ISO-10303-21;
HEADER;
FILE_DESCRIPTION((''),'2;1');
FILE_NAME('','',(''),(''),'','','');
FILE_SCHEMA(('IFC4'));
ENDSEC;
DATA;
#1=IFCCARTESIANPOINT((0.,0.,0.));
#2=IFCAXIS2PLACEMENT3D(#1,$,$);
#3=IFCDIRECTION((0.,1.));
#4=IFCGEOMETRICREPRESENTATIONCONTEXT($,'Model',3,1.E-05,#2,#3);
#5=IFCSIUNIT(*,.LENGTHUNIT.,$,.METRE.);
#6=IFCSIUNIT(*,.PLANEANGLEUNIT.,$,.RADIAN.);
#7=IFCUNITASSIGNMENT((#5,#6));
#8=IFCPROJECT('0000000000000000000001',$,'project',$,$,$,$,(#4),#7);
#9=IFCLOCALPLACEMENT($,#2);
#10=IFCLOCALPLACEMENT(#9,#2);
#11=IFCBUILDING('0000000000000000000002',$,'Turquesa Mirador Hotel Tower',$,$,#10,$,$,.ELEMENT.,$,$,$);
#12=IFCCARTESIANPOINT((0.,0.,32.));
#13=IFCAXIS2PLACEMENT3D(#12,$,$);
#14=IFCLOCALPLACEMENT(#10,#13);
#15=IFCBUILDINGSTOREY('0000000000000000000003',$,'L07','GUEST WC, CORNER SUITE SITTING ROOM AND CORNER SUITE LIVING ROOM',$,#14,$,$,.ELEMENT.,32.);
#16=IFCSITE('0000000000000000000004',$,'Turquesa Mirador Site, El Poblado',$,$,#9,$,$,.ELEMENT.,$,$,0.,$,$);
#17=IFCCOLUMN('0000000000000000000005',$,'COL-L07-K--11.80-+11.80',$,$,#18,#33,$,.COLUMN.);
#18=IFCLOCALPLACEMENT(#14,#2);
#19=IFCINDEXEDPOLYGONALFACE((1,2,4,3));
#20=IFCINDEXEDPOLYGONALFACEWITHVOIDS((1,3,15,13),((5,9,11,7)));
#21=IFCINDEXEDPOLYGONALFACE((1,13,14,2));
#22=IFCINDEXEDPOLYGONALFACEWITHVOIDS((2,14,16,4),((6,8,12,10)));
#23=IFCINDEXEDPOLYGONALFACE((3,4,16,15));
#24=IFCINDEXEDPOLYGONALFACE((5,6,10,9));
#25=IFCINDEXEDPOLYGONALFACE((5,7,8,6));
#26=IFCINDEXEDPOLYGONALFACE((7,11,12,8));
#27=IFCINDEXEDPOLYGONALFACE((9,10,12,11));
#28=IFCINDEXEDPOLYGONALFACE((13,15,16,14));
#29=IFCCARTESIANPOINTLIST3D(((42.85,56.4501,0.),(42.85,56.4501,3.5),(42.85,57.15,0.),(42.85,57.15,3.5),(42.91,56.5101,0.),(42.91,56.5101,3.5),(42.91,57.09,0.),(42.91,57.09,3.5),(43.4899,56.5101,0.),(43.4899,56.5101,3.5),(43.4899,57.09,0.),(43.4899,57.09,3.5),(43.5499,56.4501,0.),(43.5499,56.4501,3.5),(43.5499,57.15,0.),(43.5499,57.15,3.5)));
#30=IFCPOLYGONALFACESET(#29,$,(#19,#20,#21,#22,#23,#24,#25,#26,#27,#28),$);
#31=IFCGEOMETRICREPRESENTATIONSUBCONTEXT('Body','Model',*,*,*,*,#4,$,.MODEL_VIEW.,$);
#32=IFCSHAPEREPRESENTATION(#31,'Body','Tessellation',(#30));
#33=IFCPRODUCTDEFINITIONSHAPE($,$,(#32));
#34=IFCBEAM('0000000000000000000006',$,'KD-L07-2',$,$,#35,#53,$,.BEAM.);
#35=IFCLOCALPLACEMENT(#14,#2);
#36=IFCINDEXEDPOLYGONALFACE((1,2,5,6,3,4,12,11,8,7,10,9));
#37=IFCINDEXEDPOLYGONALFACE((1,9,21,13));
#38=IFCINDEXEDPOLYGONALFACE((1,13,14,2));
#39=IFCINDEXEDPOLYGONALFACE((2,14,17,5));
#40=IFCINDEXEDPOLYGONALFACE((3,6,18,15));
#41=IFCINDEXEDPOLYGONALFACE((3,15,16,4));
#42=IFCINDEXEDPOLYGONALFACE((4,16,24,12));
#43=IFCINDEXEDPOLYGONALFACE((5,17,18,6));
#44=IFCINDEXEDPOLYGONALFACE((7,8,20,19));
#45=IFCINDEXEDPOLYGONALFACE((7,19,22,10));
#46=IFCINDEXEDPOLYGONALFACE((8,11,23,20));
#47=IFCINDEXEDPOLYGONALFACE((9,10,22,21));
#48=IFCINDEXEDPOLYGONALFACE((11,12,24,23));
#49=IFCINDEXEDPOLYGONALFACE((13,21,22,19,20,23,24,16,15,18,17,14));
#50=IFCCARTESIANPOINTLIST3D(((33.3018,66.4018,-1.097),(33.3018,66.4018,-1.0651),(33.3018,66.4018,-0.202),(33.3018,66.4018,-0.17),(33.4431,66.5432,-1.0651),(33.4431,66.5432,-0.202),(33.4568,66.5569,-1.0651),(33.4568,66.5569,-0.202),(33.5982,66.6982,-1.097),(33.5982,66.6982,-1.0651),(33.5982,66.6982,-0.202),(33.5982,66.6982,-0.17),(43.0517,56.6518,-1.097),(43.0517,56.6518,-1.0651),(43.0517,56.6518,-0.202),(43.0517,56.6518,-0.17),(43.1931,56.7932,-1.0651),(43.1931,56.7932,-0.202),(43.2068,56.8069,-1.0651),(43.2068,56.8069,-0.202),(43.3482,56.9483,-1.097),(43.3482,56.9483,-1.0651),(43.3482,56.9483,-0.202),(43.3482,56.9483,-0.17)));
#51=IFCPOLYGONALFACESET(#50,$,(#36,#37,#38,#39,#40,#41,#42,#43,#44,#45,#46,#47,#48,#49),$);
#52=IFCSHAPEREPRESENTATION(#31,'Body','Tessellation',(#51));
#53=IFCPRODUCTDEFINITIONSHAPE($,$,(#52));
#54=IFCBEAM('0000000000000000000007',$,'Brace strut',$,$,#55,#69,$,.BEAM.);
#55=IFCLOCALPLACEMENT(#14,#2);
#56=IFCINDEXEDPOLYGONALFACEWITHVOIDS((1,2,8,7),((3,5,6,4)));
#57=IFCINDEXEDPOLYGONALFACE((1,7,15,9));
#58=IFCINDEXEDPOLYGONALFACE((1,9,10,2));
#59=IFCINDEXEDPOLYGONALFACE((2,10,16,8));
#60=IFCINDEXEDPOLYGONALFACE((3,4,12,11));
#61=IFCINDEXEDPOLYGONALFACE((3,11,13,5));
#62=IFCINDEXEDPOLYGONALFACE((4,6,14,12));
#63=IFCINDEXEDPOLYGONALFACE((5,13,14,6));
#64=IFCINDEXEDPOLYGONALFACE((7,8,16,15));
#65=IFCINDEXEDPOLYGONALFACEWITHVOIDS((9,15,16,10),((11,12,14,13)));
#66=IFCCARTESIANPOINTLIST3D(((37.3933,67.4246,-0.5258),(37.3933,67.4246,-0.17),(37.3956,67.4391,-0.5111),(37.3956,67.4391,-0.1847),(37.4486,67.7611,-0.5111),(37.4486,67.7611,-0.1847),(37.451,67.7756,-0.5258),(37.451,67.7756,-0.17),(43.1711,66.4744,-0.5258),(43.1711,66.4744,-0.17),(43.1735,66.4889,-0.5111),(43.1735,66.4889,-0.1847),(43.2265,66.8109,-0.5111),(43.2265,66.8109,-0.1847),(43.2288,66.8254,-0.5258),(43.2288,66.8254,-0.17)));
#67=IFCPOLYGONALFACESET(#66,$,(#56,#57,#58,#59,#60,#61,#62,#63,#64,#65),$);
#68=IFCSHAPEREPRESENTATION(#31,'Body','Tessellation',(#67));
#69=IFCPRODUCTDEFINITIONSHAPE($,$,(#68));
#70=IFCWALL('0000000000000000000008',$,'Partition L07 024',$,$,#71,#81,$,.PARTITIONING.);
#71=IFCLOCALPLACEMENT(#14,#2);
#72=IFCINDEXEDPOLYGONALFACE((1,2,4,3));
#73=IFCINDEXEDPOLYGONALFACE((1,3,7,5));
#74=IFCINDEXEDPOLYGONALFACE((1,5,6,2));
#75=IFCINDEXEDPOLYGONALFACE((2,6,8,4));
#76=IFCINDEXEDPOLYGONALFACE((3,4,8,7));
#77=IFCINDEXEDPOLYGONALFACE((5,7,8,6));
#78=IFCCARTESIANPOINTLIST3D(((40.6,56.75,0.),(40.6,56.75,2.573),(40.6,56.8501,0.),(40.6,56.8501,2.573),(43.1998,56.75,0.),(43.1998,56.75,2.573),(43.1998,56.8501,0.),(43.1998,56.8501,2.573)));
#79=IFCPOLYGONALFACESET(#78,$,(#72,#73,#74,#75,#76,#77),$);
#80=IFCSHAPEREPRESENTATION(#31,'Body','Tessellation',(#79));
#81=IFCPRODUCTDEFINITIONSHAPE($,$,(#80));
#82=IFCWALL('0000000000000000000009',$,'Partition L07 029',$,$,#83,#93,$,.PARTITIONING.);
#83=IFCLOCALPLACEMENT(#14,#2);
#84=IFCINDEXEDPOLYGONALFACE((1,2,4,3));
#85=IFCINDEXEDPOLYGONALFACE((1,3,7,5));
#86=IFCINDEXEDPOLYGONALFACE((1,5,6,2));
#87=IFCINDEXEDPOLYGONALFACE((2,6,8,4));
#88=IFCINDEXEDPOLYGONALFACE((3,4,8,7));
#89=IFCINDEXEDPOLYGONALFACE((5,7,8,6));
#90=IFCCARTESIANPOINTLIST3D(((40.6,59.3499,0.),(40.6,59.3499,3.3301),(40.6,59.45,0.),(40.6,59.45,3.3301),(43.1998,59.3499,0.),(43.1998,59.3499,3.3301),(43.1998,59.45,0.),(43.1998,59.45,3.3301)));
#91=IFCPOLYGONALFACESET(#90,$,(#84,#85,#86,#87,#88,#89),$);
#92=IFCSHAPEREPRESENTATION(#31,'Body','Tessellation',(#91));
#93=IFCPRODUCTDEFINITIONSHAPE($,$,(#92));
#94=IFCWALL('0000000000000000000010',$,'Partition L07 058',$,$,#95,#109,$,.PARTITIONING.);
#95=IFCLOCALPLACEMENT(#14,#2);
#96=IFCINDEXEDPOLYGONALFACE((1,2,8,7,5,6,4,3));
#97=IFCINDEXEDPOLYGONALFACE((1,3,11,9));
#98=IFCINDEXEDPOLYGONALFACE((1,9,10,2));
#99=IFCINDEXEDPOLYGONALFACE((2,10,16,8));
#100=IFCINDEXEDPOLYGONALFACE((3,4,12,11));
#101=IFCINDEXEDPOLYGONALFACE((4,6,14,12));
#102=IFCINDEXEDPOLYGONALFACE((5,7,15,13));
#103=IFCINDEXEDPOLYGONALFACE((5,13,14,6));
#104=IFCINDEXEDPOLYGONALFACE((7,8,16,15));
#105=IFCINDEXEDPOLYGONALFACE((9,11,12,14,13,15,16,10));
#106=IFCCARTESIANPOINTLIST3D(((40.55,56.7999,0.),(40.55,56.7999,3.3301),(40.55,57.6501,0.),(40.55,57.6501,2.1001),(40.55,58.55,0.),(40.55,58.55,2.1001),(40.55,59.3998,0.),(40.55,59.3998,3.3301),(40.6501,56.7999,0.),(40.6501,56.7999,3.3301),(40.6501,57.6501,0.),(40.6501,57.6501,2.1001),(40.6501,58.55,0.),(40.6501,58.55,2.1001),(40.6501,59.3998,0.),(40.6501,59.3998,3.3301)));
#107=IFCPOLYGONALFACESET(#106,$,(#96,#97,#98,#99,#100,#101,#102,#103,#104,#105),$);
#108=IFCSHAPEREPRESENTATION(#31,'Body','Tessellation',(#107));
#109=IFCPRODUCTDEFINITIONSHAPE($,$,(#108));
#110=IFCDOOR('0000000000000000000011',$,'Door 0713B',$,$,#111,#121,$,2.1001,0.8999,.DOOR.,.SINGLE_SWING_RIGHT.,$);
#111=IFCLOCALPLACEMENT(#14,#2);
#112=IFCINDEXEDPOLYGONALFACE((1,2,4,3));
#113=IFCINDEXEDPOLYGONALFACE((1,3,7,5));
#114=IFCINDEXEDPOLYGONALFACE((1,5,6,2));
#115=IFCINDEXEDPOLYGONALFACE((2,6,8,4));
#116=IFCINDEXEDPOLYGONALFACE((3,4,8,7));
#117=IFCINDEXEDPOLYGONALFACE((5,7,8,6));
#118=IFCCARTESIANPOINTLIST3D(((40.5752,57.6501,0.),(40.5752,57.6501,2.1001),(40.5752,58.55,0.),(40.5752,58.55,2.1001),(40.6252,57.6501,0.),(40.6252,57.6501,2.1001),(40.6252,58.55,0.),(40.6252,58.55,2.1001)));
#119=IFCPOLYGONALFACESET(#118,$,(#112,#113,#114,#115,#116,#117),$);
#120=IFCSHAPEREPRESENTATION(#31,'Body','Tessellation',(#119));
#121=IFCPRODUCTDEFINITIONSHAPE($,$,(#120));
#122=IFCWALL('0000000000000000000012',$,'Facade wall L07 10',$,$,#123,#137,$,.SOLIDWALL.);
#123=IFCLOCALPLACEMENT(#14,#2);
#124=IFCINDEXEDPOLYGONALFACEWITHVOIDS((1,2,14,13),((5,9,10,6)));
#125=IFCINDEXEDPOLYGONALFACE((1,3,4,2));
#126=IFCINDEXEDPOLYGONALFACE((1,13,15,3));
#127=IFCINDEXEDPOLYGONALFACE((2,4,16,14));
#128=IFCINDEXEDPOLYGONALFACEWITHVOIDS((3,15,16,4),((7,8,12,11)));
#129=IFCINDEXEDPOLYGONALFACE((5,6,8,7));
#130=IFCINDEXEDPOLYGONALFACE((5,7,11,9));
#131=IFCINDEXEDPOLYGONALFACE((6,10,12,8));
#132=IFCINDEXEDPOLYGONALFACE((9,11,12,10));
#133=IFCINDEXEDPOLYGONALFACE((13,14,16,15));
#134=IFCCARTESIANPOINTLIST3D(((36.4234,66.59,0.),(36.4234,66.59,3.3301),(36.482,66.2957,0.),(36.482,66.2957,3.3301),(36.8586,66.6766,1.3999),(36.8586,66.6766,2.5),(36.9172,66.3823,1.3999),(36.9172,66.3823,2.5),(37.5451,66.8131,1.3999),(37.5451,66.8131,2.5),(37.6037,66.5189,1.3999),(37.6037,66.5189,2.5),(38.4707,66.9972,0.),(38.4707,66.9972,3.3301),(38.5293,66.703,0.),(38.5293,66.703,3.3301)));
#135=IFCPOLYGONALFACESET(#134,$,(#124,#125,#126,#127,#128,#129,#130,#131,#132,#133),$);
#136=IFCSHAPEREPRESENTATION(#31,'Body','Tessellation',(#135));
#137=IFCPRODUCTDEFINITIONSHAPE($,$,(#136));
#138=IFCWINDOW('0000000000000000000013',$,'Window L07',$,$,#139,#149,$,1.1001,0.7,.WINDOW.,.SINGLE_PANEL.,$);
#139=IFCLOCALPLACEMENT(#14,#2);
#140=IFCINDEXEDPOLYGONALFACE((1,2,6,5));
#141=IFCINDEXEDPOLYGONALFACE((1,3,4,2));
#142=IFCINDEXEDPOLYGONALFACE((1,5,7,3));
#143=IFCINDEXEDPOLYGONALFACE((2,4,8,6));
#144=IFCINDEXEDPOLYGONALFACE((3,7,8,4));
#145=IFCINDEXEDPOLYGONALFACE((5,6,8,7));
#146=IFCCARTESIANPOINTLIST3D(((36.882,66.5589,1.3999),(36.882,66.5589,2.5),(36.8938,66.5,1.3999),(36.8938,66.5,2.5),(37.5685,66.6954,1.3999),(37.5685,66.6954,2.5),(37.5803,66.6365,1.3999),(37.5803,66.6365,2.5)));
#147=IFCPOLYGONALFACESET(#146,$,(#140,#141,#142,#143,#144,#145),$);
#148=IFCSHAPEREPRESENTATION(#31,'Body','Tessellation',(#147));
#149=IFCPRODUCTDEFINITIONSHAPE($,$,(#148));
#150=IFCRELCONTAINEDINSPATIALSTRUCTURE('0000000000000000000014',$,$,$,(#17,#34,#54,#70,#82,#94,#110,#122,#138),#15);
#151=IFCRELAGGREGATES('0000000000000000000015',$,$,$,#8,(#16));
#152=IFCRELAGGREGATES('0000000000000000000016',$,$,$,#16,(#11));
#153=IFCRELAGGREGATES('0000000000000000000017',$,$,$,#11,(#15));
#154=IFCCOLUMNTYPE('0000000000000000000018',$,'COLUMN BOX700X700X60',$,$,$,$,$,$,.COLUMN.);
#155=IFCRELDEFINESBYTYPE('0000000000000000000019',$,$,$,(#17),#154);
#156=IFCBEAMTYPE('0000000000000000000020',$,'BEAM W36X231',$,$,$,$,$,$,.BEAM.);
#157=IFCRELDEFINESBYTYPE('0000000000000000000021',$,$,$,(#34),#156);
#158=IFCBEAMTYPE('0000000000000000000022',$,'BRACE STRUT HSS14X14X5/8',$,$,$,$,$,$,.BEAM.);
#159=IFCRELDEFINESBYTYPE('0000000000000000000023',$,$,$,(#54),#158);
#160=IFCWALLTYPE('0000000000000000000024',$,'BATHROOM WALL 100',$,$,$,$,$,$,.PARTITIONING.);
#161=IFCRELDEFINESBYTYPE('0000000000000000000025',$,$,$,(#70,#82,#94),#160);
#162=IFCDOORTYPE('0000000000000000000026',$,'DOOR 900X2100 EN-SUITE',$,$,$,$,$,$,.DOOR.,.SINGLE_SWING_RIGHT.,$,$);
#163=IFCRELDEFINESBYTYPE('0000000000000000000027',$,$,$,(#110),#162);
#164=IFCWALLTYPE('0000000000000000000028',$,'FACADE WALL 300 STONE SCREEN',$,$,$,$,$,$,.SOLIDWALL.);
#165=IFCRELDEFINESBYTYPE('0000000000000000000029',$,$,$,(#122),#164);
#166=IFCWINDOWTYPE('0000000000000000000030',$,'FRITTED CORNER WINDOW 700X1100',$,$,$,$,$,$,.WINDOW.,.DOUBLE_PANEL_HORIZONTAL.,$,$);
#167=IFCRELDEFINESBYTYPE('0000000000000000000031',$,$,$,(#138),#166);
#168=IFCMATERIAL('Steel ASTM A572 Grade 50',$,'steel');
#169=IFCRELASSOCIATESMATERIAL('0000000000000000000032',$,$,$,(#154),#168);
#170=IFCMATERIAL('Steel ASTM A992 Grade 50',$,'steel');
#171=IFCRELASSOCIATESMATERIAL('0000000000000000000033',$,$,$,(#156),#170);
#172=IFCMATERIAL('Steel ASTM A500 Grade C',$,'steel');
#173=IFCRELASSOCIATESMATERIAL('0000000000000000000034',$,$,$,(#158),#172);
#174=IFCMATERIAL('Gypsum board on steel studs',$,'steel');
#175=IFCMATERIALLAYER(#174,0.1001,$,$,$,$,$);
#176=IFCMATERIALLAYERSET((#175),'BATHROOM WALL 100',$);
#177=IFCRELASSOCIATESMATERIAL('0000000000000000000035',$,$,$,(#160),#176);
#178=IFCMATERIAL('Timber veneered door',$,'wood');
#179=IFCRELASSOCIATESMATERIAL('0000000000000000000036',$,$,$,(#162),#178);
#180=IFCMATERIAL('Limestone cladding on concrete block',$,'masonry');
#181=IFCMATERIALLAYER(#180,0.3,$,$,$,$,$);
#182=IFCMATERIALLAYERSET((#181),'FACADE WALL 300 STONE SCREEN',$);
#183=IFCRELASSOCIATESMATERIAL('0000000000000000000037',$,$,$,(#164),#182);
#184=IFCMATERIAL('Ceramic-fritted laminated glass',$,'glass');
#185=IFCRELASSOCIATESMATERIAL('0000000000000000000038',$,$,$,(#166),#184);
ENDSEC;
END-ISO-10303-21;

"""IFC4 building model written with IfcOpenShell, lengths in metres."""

from ifc_helpers import new_model, si_unit, direction, frame, frame_2d, origin, origin_2d, place, context, subcontext, project, spatial, rectangle, hollow_rectangle, i_section, extrude, material, layer, layer_set, material_profile, profile_set, type_object, element, fill, save


model = new_model("IFC4")

# Units and contexts
model_context = context("Model", 3, precision=1e-05, world=origin(), true_north=direction((0.0, 1.0)))
body_context = subcontext(model_context, "Body", "Model", "MODEL_VIEW")
ifc_project = project(units=[si_unit("LENGTHUNIT", "METRE"), si_unit("PLANEANGLEUNIT", "RADIAN")], contexts=[model_context])

# Site, building, storey
site_placement = place(None, origin())
site = spatial("IfcSite", under=ifc_project, at=site_placement, Name="Turquesa Mirador Site, El Poblado", CompositionType="ELEMENT", RefElevation=0.0)
building_placement = place(site_placement, origin())
building = spatial("IfcBuilding", under=site, at=building_placement, Name="Turquesa Mirador Hotel Tower", CompositionType="ELEMENT")
storey_placement = place(building_placement, frame((0.0, 0.0, 32.0)))
storey = spatial("IfcBuildingStorey", under=building, at=storey_placement, Name="L07", Description="GUEST WC, CORNER SUITE SITTING ROOM AND CORNER SUITE LIVING ROOM", CompositionType="ELEMENT", Elevation=32.0)

# Column
ifc_material_1 = material(Name="Steel ASTM A572 Grade 50", Category="steel")
ifc_material_profile_1 = material_profile(ifc_material_1, hollow_rectangle(XDim=0.7, YDim=0.7, WallThickness=0.0601, at=origin_2d()), Name="BOX700X700X60")
ifc_profile_set_1 = profile_set([ifc_material_profile_1], Name="Steel ASTM A572 Grade 50")
column_type = type_object("IfcColumnType", Name="COLUMN BOX700X700X60", PredefinedType="COLUMN", material=ifc_profile_set_1)
column_placement = place(storey_placement, frame((43.2, 56.8, 0.0), z_axis=(0.0, 0.0, 1.0), x_axis=(1.0, 0.0, 0.0)))
element("IfcColumn", 1, at=column_placement, inside=storey, type_object=column_type, Name="COL-L07-K--11.80-+11.80", PredefinedType="COLUMN", context=body_context, shape_type="SweptSolid", body=[
    extrude(hollow_rectangle(XDim=0.7, YDim=0.7, WallThickness=0.0601, at=origin_2d()), origin(), (0.0, 0.0, 1.0), 3.5),
])

# Beams
ifc_material_2 = material(Name="Steel ASTM A992 Grade 50", Category="steel")
ifc_material_profile_2 = material_profile(ifc_material_2, i_section(OverallWidth=0.4192, OverallDepth=0.927, WebThickness=0.0193, FlangeThickness=0.032, at=origin_2d()), Name="W36X231")
ifc_profile_set_2 = profile_set([ifc_material_profile_2], Name="Steel ASTM A992 Grade 50")
beam_type_1 = type_object("IfcBeamType", Name="BEAM W36X231", PredefinedType="BEAM", material=ifc_profile_set_2)
beam_1_placement = place(storey_placement, frame((43.2, 56.8, -0.6335), z_axis=(-0.707107, 0.707107, 0.0), x_axis=(-0.707107, -0.707107, 0.0)))
element("IfcBeam", 2, at=beam_1_placement, inside=storey, type_object=beam_type_1, Name="KD-L07-2", PredefinedType="BEAM", context=body_context, shape_type="SweptSolid", body=[
    extrude(i_section(OverallWidth=0.4192, OverallDepth=0.927, WebThickness=0.0193, FlangeThickness=0.032, at=origin_2d()), origin(), (0.0, 0.0, 1.0), 13.7886),
])
ifc_material_3 = material(Name="Steel ASTM A500 Grade C", Category="steel")
ifc_material_profile_3 = material_profile(ifc_material_3, hollow_rectangle(XDim=0.3557, YDim=0.3557, WallThickness=0.0146, at=origin_2d()), Name="HSS14X14X5/8")
ifc_profile_set_3 = profile_set([ifc_material_profile_3], Name="Steel ASTM A500 Grade C")
beam_type_2 = type_object("IfcBeamType", Name="BRACE STRUT HSS14X14X5/8", PredefinedType="BEAM", material=ifc_profile_set_3)
beam_2_placement = place(storey_placement, frame((37.4221, 67.6001, -0.3479), z_axis=(0.986745, -0.162276, 0.0), x_axis=(0.162276, 0.986745, 0.0)))
element("IfcBeam", 3, at=beam_2_placement, inside=storey, type_object=beam_type_2, Name="Brace strut", PredefinedType="BEAM", context=body_context, shape_type="SweptSolid", body=[
    extrude(hollow_rectangle(XDim=0.3557, YDim=0.3557, WallThickness=0.0146, at=origin_2d()), origin(), (0.0, 0.0, 1.0), 5.8555),
])

# Walls
ifc_material_4 = material(Name="Gypsum board on steel studs", Category="steel")
ifc_layer_1 = layer(ifc_material_4, 0.1001)
ifc_layer_set_1 = layer_set([ifc_layer_1], Name="BATHROOM WALL 100")
wall_type_1 = type_object("IfcWallType", Name="BATHROOM WALL 100", PredefinedType="PARTITIONING", material=ifc_layer_set_1)
wall_1_placement = place(storey_placement, frame((40.6001, 56.8, 0.0), z_axis=(0.0, 0.0, 1.0), x_axis=(1.0, 0.0, 0.0)))
element("IfcWall", 4, at=wall_1_placement, inside=storey, type_object=wall_type_1, Name="Partition L07 024", PredefinedType="PARTITIONING", context=body_context, shape_type="SweptSolid", body=[
    extrude(rectangle(XDim=2.5999, YDim=0.1001, at=frame_2d((1.2998, 0.0))), origin(), (0.0, 0.0, 1.0), 2.573),
])
wall_2_placement = place(storey_placement, frame((40.6001, 59.3999, 0.0), z_axis=(0.0, 0.0, 1.0), x_axis=(1.0, 0.0, 0.0)))
element("IfcWall", 5, at=wall_2_placement, inside=storey, type_object=wall_type_1, Name="Partition L07 029", PredefinedType="PARTITIONING", context=body_context, shape_type="SweptSolid", body=[
    extrude(rectangle(XDim=2.5999, YDim=0.1001, at=frame_2d((1.2998, 0.0))), origin(), (0.0, 0.0, 1.0), 3.3301),
])

# Wall, opening, door
wall_3_placement = place(storey_placement, frame((40.6001, 56.8, 0.0), z_axis=(0.0, 0.0, 1.0), x_axis=(0.0, 1.0, 0.0)))
wall_3 = element("IfcWall", 6, at=wall_3_placement, inside=storey, type_object=wall_type_1, Name="Partition L07 058", PredefinedType="PARTITIONING", context=body_context, shape_type="SweptSolid", body=[
    extrude(rectangle(XDim=2.5999, YDim=0.1001, at=frame_2d((1.2998, 0.0))), origin(), (0.0, 0.0, 1.0), 3.3301),
])
opening_1_placement = place(wall_3_placement, frame((0.8501, 0.0, 0.0)))
opening_1 = element("IfcOpeningElement", 7, at=opening_1_placement, cuts=wall_3, PredefinedType="OPENING", context=body_context, shape_type="SweptSolid", body=[
    extrude(rectangle(XDim=0.8999, YDim=2.1001, at=frame_2d((0.45, 1.05))), frame((0.0, 0.0601, 0.0), z_axis=(0.0, -1.0, 0.0), x_axis=(1.0, 0.0, 0.0)), (0.0, 0.0, 1.0), 0.1201),
])
ifc_material_5 = material(Name="Timber veneered door", Category="wood")
door_type = type_object("IfcDoorType", Name="DOOR 900X2100 EN-SUITE", OperationType="SINGLE_SWING_RIGHT", PredefinedType="DOOR", material=ifc_material_5)
door_placement = place(opening_1_placement, origin())
door = element("IfcDoor", 8, at=door_placement, inside=storey, type_object=door_type, Name="Door 0713B", OperationType="SINGLE_SWING_RIGHT", OverallHeight=2.1001, OverallWidth=0.8999, PredefinedType="DOOR", context=body_context, shape_type="SweptSolid", body=[
    extrude(rectangle(XDim=0.8999, YDim=2.1001, at=frame_2d((0.45, 1.05))), frame((0.0, 0.0249, 0.0), z_axis=(0.0, -1.0, 0.0), x_axis=(1.0, 0.0, 0.0)), (0.0, 0.0, 1.0), 0.05),
])
fill(opening_1, door)

# Wall, opening, window
ifc_material_6 = material(Name="Limestone cladding on concrete block", Category="masonry")
ifc_layer_2 = layer(ifc_material_6, 0.3)
ifc_layer_set_2 = layer_set([ifc_layer_2], Name="FACADE WALL 300 STONE SCREEN")
wall_type_2 = type_object("IfcWallType", Name="FACADE WALL 300 STONE SCREEN", PredefinedType="SOLIDWALL", material=ifc_layer_set_2)
wall_4_placement = place(storey_placement, frame((38.5, 66.8501, 0.0), z_axis=(0.0, 0.0, 1.0), x_axis=(-0.980787, -0.195081, 0.0)))
wall_4 = element("IfcWall", 9, at=wall_4_placement, inside=storey, type_object=wall_type_2, Name="Facade wall L07 10", PredefinedType="SOLIDWALL", context=body_context, shape_type="SweptSolid", body=[
    extrude(rectangle(XDim=2.0874, YDim=0.3, at=frame_2d((1.0437, 0.0))), origin(), (0.0, 0.0, 1.0), 3.3301),
])
opening_2_placement = place(wall_4_placement, frame((0.9436, 0.0, 1.3999)))
opening_2 = element("IfcOpeningElement", 10, at=opening_2_placement, cuts=wall_4, PredefinedType="OPENING", context=body_context, shape_type="SweptSolid", body=[
    extrude(rectangle(XDim=0.7, YDim=1.1001, at=frame_2d((0.3501, 0.55))), frame((0.0, 0.1599, 0.0), z_axis=(0.0, -1.0, 0.0), x_axis=(1.0, 0.0, 0.0)), (0.0, 0.0, 1.0), 0.3201),
])
ifc_material_7 = material(Name="Ceramic-fritted laminated glass", Category="glass")
window_type_1 = type_object("IfcWindowType", Name="FRITTED CORNER WINDOW 700X1100", PartitioningType="DOUBLE_PANEL_HORIZONTAL", PredefinedType="WINDOW", material=ifc_material_7)
window_1_placement = place(opening_2_placement, origin())
window_1 = element("IfcWindow", 11, at=window_1_placement, inside=storey, type_object=window_type_1, Name="Window L07", OverallHeight=1.1001, OverallWidth=0.7, PartitioningType="SINGLE_PANEL", PredefinedType="WINDOW", context=body_context, shape_type="SweptSolid", body=[
    extrude(rectangle(XDim=0.7, YDim=1.1001, at=frame_2d((0.3501, 0.55))), frame((0.0, 0.03, 0.0), z_axis=(0.0, -1.0, 0.0), x_axis=(1.0, 0.0, 0.0)), (0.0, 0.0, 1.0), 0.0601),
])
fill(opening_2, window_1)

save(model, "model.ifc")
